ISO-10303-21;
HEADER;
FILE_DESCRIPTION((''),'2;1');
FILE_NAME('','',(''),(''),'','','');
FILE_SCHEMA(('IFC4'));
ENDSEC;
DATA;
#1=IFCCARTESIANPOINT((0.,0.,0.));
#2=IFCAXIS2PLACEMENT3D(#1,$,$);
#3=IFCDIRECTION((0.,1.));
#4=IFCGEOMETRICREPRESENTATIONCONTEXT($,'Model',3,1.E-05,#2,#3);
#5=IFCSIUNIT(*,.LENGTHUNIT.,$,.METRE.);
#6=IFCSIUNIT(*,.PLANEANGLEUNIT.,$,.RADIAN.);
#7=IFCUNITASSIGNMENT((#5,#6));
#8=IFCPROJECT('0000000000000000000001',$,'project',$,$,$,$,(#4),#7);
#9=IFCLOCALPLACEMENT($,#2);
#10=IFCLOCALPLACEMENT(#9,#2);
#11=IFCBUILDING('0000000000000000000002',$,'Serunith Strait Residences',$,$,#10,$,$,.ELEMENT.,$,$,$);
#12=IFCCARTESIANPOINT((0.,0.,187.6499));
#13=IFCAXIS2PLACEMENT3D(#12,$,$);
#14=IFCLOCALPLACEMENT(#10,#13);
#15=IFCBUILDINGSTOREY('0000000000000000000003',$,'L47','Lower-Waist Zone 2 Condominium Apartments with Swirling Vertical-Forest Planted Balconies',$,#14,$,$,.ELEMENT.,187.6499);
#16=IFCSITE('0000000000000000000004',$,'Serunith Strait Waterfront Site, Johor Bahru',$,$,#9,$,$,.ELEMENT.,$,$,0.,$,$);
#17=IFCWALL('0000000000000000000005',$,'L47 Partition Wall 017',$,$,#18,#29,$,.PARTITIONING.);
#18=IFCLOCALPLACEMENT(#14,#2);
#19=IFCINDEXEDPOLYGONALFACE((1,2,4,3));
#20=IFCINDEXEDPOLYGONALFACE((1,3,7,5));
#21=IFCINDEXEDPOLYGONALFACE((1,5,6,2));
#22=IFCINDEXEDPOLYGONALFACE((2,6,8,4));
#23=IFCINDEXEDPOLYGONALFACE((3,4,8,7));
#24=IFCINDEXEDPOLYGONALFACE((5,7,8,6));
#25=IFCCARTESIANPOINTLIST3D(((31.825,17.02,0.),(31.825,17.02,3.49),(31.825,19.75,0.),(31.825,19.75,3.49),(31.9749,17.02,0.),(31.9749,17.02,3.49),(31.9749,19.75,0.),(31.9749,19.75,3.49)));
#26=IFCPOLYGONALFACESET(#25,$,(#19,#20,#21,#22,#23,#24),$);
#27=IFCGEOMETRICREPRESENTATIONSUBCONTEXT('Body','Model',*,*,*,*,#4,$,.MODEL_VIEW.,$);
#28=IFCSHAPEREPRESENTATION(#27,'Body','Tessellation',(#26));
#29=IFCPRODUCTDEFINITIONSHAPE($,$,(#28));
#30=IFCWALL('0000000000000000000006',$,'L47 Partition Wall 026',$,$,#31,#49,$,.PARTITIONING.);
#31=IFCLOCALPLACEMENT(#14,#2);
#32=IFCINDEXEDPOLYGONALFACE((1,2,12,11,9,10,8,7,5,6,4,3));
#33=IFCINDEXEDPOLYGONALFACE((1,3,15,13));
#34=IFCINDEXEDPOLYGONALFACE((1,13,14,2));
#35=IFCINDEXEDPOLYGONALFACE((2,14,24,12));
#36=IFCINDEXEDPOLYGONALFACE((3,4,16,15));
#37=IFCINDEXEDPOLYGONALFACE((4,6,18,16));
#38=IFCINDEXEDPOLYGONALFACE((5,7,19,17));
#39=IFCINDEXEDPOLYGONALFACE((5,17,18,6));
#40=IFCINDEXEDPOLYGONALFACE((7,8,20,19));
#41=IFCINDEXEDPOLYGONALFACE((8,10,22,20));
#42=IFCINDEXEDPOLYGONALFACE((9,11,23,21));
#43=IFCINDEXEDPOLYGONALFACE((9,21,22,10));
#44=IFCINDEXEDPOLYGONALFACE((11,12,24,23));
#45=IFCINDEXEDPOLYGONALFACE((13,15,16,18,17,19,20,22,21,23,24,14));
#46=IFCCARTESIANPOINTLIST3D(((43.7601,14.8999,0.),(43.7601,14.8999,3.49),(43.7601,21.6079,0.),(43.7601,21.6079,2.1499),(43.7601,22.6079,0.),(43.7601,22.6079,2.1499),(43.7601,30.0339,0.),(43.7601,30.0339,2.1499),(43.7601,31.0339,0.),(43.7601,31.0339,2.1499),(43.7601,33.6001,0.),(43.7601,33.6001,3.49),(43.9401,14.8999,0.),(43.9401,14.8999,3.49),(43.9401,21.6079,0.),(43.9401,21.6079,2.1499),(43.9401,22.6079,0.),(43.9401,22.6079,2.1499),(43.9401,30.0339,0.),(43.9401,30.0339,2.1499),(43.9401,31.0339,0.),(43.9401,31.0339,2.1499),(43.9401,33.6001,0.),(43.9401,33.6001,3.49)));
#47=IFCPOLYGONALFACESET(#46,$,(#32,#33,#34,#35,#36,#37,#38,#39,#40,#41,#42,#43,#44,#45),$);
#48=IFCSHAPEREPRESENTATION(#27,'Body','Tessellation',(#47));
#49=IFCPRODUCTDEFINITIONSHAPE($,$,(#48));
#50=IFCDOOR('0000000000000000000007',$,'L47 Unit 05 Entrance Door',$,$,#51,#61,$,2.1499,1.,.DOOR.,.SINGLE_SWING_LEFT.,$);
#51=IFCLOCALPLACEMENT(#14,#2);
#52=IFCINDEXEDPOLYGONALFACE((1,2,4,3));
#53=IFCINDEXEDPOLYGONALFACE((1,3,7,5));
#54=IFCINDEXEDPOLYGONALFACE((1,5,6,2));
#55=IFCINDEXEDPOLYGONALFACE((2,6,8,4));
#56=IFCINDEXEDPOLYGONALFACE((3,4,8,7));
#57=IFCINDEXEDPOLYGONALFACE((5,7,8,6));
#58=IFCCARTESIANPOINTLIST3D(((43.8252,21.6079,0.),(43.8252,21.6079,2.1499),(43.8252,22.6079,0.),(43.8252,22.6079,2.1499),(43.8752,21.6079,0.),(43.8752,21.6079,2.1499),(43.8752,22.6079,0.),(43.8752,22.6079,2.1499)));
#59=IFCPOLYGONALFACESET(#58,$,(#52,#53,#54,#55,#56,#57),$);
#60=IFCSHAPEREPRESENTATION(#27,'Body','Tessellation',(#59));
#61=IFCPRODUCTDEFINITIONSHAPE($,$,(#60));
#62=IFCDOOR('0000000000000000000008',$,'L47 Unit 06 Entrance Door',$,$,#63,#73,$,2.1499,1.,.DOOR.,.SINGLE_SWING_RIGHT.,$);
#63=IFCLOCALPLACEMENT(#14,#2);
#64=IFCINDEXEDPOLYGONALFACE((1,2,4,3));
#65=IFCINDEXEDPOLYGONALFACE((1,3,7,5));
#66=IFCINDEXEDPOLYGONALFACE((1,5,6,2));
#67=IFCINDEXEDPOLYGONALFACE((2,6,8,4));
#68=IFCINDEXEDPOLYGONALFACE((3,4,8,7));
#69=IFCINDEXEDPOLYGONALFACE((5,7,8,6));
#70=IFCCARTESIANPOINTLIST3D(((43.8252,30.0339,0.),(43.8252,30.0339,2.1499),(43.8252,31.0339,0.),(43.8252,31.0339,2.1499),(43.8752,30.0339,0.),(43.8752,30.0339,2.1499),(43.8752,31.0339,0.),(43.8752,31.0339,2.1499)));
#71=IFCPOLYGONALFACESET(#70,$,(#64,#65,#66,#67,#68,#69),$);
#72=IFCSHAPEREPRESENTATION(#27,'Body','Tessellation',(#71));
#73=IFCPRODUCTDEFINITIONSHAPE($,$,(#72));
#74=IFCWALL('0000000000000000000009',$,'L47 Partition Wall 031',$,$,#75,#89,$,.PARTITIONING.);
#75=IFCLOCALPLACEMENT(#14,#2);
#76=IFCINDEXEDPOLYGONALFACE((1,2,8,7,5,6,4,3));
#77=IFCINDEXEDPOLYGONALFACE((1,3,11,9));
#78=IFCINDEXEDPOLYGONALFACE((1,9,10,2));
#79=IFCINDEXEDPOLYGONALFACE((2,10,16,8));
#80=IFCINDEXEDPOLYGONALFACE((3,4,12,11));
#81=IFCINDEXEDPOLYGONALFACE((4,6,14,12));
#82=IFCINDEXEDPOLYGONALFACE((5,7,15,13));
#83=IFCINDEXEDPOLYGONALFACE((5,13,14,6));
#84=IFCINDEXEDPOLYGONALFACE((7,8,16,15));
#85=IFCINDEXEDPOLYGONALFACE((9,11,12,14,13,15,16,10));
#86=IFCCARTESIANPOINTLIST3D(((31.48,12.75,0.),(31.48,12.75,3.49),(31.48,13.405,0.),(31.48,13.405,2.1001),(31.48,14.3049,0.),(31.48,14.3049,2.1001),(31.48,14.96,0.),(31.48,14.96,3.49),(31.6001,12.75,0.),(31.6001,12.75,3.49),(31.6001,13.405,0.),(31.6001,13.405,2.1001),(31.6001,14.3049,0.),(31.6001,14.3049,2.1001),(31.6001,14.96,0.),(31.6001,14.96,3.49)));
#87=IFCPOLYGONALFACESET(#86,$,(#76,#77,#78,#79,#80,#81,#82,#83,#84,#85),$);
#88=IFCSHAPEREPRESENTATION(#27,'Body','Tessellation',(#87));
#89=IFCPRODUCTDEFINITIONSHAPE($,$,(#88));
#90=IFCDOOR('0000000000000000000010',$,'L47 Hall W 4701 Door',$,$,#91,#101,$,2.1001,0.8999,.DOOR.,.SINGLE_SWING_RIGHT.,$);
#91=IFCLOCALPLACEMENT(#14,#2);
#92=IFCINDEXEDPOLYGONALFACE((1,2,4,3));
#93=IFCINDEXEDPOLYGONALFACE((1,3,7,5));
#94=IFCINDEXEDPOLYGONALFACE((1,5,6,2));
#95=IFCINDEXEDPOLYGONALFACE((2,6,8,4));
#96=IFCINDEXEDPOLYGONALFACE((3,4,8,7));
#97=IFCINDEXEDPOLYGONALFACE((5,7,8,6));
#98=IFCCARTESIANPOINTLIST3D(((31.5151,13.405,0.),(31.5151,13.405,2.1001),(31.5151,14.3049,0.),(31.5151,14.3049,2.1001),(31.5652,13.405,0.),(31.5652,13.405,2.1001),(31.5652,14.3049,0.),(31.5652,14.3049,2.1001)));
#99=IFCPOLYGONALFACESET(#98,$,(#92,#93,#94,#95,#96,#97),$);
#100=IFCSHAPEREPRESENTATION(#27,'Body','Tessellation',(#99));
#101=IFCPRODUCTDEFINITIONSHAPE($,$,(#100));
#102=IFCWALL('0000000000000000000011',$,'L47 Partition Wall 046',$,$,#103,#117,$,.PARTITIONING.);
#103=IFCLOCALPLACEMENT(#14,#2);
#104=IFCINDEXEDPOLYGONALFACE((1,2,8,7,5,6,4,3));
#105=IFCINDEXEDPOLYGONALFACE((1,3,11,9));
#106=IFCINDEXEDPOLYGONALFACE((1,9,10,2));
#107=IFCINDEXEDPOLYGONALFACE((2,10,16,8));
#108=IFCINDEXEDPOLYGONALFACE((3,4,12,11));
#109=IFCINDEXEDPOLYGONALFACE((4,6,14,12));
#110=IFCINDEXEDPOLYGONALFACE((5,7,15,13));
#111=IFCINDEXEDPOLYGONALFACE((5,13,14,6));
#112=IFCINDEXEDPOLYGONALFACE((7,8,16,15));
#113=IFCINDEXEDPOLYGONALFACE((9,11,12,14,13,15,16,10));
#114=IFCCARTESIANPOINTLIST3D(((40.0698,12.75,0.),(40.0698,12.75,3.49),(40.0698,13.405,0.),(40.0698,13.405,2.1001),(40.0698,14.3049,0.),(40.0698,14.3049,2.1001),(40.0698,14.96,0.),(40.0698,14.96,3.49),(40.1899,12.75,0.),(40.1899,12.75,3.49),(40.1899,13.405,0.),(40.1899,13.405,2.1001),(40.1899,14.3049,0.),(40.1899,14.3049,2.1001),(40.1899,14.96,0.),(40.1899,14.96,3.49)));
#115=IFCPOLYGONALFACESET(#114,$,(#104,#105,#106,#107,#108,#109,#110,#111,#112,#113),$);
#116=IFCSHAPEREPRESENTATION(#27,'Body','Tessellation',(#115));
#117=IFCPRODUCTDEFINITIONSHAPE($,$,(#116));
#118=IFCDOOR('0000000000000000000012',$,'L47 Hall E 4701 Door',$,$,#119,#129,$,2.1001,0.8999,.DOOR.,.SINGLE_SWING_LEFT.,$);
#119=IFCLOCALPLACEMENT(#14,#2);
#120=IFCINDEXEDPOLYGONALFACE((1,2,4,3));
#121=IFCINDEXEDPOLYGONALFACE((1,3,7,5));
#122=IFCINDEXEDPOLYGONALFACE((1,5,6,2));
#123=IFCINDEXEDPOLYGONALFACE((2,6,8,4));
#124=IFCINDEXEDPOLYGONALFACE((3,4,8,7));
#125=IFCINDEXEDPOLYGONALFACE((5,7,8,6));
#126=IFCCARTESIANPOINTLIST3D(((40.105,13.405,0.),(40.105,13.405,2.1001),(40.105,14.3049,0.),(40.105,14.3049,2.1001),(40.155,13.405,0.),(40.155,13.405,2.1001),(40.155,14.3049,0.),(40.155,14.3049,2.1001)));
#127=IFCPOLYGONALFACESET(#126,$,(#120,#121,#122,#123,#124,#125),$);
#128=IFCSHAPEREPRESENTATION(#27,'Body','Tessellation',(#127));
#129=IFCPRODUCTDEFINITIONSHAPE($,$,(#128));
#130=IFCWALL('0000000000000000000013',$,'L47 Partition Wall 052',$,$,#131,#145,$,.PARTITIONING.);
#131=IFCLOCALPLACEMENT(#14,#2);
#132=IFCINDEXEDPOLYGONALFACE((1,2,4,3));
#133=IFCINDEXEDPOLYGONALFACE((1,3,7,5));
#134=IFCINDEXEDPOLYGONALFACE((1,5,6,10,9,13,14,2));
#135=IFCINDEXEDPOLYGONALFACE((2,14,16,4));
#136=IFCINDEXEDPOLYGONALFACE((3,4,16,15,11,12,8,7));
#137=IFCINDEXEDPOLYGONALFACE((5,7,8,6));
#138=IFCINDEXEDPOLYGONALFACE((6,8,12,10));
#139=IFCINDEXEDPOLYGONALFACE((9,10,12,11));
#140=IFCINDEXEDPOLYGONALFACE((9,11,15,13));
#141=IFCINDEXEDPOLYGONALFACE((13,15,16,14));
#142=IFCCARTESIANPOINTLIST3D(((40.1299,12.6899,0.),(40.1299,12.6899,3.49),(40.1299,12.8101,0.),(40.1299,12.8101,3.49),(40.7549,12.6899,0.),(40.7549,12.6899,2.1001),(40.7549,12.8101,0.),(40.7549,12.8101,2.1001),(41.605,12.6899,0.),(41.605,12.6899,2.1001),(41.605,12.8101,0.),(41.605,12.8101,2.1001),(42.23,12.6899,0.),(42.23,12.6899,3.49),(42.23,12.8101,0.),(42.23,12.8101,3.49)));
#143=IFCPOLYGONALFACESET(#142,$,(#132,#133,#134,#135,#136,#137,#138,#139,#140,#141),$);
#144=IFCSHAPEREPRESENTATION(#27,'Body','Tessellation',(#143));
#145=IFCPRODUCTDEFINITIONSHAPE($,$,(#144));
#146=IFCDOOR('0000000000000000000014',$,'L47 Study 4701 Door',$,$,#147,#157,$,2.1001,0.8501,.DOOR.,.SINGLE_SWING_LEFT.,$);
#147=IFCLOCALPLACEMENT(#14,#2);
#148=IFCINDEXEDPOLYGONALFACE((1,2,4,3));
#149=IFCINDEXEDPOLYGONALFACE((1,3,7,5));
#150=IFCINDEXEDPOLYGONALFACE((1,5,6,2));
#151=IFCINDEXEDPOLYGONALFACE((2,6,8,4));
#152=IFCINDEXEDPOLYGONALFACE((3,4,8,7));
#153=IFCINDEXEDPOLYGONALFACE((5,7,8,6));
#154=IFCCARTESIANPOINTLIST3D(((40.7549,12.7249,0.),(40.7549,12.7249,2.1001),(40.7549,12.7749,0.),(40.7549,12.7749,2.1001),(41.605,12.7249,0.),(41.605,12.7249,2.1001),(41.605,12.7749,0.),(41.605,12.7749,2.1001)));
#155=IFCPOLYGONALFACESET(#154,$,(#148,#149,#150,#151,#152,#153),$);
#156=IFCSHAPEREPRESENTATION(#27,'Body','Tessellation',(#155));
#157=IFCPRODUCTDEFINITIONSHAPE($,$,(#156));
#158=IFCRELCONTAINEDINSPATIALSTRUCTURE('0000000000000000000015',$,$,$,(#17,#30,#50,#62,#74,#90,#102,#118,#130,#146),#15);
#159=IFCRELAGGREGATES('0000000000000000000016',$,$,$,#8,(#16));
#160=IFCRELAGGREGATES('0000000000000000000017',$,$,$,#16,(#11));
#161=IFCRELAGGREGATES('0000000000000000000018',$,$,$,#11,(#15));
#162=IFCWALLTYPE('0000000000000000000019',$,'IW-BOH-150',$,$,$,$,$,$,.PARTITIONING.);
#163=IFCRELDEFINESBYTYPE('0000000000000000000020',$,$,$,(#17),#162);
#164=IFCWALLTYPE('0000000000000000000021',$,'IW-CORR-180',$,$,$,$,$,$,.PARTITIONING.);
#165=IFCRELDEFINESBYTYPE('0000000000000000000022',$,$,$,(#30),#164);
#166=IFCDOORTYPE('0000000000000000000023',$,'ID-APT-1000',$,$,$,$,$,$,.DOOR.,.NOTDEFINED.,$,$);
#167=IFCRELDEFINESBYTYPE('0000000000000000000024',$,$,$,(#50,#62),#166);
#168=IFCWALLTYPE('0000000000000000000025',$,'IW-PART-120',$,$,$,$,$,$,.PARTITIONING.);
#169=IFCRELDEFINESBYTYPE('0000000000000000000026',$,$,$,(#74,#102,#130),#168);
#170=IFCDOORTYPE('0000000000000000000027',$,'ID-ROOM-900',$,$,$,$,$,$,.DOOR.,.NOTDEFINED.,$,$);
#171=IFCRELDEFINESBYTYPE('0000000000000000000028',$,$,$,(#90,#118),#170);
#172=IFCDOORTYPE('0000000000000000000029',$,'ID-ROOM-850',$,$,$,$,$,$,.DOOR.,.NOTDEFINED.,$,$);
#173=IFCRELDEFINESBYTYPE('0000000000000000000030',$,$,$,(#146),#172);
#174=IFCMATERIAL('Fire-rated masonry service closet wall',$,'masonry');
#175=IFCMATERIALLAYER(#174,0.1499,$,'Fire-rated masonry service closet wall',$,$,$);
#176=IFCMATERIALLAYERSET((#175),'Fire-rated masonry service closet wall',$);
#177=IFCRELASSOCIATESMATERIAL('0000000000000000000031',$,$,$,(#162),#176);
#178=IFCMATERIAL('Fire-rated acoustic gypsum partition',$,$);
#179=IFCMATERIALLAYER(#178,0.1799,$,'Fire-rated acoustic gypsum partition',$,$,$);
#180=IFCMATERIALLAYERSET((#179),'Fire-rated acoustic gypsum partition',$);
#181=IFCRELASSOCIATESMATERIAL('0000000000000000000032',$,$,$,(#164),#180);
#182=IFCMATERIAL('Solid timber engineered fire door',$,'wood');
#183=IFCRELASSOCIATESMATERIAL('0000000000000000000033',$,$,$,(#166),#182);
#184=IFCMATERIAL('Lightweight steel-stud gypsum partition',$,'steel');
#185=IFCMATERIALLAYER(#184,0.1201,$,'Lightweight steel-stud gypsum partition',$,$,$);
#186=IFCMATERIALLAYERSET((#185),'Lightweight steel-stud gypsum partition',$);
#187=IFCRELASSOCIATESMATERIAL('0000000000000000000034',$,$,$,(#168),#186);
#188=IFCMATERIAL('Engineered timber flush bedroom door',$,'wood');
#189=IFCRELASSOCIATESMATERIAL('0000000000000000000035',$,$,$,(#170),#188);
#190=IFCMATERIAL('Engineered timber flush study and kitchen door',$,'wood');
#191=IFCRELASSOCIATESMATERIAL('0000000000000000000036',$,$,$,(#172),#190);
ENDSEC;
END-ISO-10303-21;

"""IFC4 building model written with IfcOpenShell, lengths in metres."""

from ifc_helpers import new_model, si_unit, direction, frame, frame_2d, origin, place, context, subcontext, project, spatial, rectangle, extrude, source, transform, mapped, material, layer, layer_set, type_object, element, fill, save


model = new_model("IFC4")

# Units and contexts
model_context = context("Model", 3, precision=1e-05, world=origin(), true_north=direction((0.0, 1.0)))
body_context = subcontext(model_context, "Body", "Model", "MODEL_VIEW")
ifc_project = project(units=[si_unit("LENGTHUNIT", "METRE"), si_unit("PLANEANGLEUNIT", "RADIAN")], contexts=[model_context])

# Site, building, storey
site_placement = place(None, origin())
site = spatial("IfcSite", under=ifc_project, at=site_placement, Name="Serunith Strait Waterfront Site, Johor Bahru", CompositionType="ELEMENT", RefElevation=0.0)
building_placement = place(site_placement, origin())
building = spatial("IfcBuilding", under=site, at=building_placement, Name="Serunith Strait Residences", CompositionType="ELEMENT")
storey_placement = place(building_placement, frame((0.0, 0.0, 187.6499)))
storey = spatial("IfcBuildingStorey", under=building, at=storey_placement, Name="L47", Description="Lower-Waist Zone 2 Condominium Apartments with Swirling Vertical-Forest Planted Balconies", CompositionType="ELEMENT", Elevation=187.6499)

# Wall
ifc_material_1 = material(Name="Fire-rated masonry service closet wall", Category="masonry")
ifc_layer_1 = layer(ifc_material_1, 0.1499, Name="Fire-rated masonry service closet wall")
ifc_layer_set_1 = layer_set([ifc_layer_1], Name="Fire-rated masonry service closet wall")
wall_type_1 = type_object("IfcWallType", Name="IW-BOH-150", PredefinedType="PARTITIONING", material=ifc_layer_set_1)
wall_1_placement = place(storey_placement, frame((31.8999, 17.02, 0.0), z_axis=(0.0, 0.0, 1.0), x_axis=(0.0, 1.0, 0.0)))
element("IfcWall", 1, at=wall_1_placement, inside=storey, type_object=wall_type_1, Name="L47 Partition Wall 017", PredefinedType="PARTITIONING", context=body_context, shape_type="SweptSolid", body=[
    extrude(rectangle(XDim=2.73, YDim=0.1499, at=frame_2d((1.365, 0.0))), origin(), (0.0, 0.0, 1.0), 3.49),
])

# Wall, openings, doors
ifc_material_2 = material(Name="Fire-rated acoustic gypsum partition")
ifc_layer_2 = layer(ifc_material_2, 0.1799, Name="Fire-rated acoustic gypsum partition")
ifc_layer_set_2 = layer_set([ifc_layer_2], Name="Fire-rated acoustic gypsum partition")
wall_type_2 = type_object("IfcWallType", Name="IW-CORR-180", PredefinedType="PARTITIONING", material=ifc_layer_set_2)
wall_2_placement = place(storey_placement, frame((43.8501, 14.8999, 0.0), z_axis=(0.0, 0.0, 1.0), x_axis=(0.0, 1.0, 0.0)))
wall_2 = element("IfcWall", 2, at=wall_2_placement, inside=storey, type_object=wall_type_2, Name="L47 Partition Wall 026", PredefinedType="PARTITIONING", context=body_context, shape_type="SweptSolid", body=[
    extrude(rectangle(XDim=18.7002, YDim=0.1799, at=frame_2d((9.3501, 0.0))), origin(), (0.0, 0.0, 1.0), 3.49),
])
opening_1_placement = place(wall_2_placement, frame((6.708, 0.0, 0.0)))
opening_1 = element("IfcOpeningElement", 3, at=opening_1_placement, cuts=wall_2, PredefinedType="OPENING", context=body_context, shape_type="SweptSolid", body=[
    extrude(rectangle(XDim=1.0, YDim=2.1499, at=frame_2d((0.5, 1.075))), frame((0.0, 0.1001, 0.0), z_axis=(0.0, -1.0, 0.0), x_axis=(1.0, 0.0, 0.0)), (0.0, 0.0, 1.0), 0.2),
])
opening_2_placement = place(wall_2_placement, frame((15.134, 0.0, 0.0)))
opening_2 = element("IfcOpeningElement", 4, at=opening_2_placement, cuts=wall_2, PredefinedType="OPENING", context=body_context, shape_type="SweptSolid", body=[
    extrude(rectangle(XDim=1.0, YDim=2.1499, at=frame_2d((0.5, 1.075))), frame((0.0, 0.1001, 0.0), z_axis=(0.0, -1.0, 0.0), x_axis=(1.0, 0.0, 0.0)), (0.0, 0.0, 1.0), 0.2),
])
ifc_material_3 = material(Name="Solid timber engineered fire door", Category="wood")
door_type_1 = type_object("IfcDoorType", Name="ID-APT-1000", OperationType="NOTDEFINED", PredefinedType="DOOR", material=ifc_material_3)
shared_shape_1 = source(origin(), body_context, "Body", "SweptSolid", [
    extrude(rectangle(XDim=1.0, YDim=2.1499, at=frame_2d((0.5, 1.075))), frame((0.0, 0.0249, 0.0), z_axis=(0.0, -1.0, 0.0), x_axis=(1.0, 0.0, 0.0)), (0.0, 0.0, 1.0), 0.05),
])
door_1_placement = place(opening_1_placement, origin())
door_1 = element("IfcDoor", 5, at=door_1_placement, inside=storey, type_object=door_type_1, Name="L47 Unit 05 Entrance Door", OperationType="SINGLE_SWING_LEFT", OverallHeight=2.1499, OverallWidth=1.0, PredefinedType="DOOR", context=body_context, shape_type="MappedRepresentation", body=[
    mapped(shared_shape_1, transform((0.0, 0.0, 0.0), scale=1.0)),
])
fill(opening_1, door_1)
door_2_placement = place(opening_2_placement, origin())
door_2 = element("IfcDoor", 6, at=door_2_placement, inside=storey, type_object=door_type_1, Name="L47 Unit 06 Entrance Door", OperationType="SINGLE_SWING_RIGHT", OverallHeight=2.1499, OverallWidth=1.0, PredefinedType="DOOR", context=body_context, shape_type="MappedRepresentation", body=[
    mapped(shared_shape_1, transform((0.0, 0.0, 0.0), scale=1.0)),
])
fill(opening_2, door_2)

# Walls, openings, doors
ifc_material_4 = material(Name="Lightweight steel-stud gypsum partition", Category="steel")
ifc_layer_3 = layer(ifc_material_4, 0.1201, Name="Lightweight steel-stud gypsum partition")
ifc_layer_set_3 = layer_set([ifc_layer_3], Name="Lightweight steel-stud gypsum partition")
wall_type_3 = type_object("IfcWallType", Name="IW-PART-120", PredefinedType="PARTITIONING", material=ifc_layer_set_3)
wall_3_placement = place(storey_placement, frame((31.54, 12.75, 0.0), z_axis=(0.0, 0.0, 1.0), x_axis=(0.0, 1.0, 0.0)))
wall_3 = element("IfcWall", 7, at=wall_3_placement, inside=storey, type_object=wall_type_3, Name="L47 Partition Wall 031", PredefinedType="PARTITIONING", context=body_context, shape_type="SweptSolid", body=[
    extrude(rectangle(XDim=2.21, YDim=0.1201, at=frame_2d((1.105, 0.0))), origin(), (0.0, 0.0, 1.0), 3.49),
])
opening_3_placement = place(wall_3_placement, frame((0.655, 0.0, 0.0)))
opening_3 = element("IfcOpeningElement", 8, at=opening_3_placement, cuts=wall_3, PredefinedType="OPENING", context=body_context, shape_type="SweptSolid", body=[
    extrude(rectangle(XDim=0.8999, YDim=2.1001, at=frame_2d((0.45, 1.05))), frame((0.0, 0.0701, 0.0), z_axis=(0.0, -1.0, 0.0), x_axis=(1.0, 0.0, 0.0)), (0.0, 0.0, 1.0), 0.1401),
])
ifc_material_5 = material(Name="Engineered timber flush bedroom door", Category="wood")
door_type_2 = type_object("IfcDoorType", Name="ID-ROOM-900", OperationType="NOTDEFINED", PredefinedType="DOOR", material=ifc_material_5)
shared_shape_2 = source(origin(), body_context, "Body", "SweptSolid", [
    extrude(rectangle(XDim=0.8999, YDim=2.1001, at=frame_2d((0.45, 1.05))), frame((0.0, 0.0249, 0.0), z_axis=(0.0, -1.0, 0.0), x_axis=(1.0, 0.0, 0.0)), (0.0, 0.0, 1.0), 0.05),
])
door_3_placement = place(opening_3_placement, origin())
door_3 = element("IfcDoor", 9, at=door_3_placement, inside=storey, type_object=door_type_2, Name="L47 Hall W 4701 Door", OperationType="SINGLE_SWING_RIGHT", OverallHeight=2.1001, OverallWidth=0.8999, PredefinedType="DOOR", context=body_context, shape_type="MappedRepresentation", body=[
    mapped(shared_shape_2, transform((0.0, 0.0, 0.0), scale=1.0)),
])
fill(opening_3, door_3)
wall_4_placement = place(storey_placement, frame((40.1299, 12.75, 0.0), z_axis=(0.0, 0.0, 1.0), x_axis=(0.0, 1.0, 0.0)))
wall_4 = element("IfcWall", 10, at=wall_4_placement, inside=storey, type_object=wall_type_3, Name="L47 Partition Wall 046", PredefinedType="PARTITIONING", context=body_context, shape_type="SweptSolid", body=[
    extrude(rectangle(XDim=2.21, YDim=0.1201, at=frame_2d((1.105, 0.0))), origin(), (0.0, 0.0, 1.0), 3.49),
])
opening_4_placement = place(wall_4_placement, frame((0.655, 0.0, 0.0)))
opening_4 = element("IfcOpeningElement", 11, at=opening_4_placement, cuts=wall_4, PredefinedType="OPENING", context=body_context, shape_type="SweptSolid", body=[
    extrude(rectangle(XDim=0.8999, YDim=2.1001, at=frame_2d((0.45, 1.05))), frame((0.0, 0.0701, 0.0), z_axis=(0.0, -1.0, 0.0), x_axis=(1.0, 0.0, 0.0)), (0.0, 0.0, 1.0), 0.1401),
])
door_4_placement = place(opening_4_placement, origin())
door_4 = element("IfcDoor", 12, at=door_4_placement, inside=storey, type_object=door_type_2, Name="L47 Hall E 4701 Door", OperationType="SINGLE_SWING_LEFT", OverallHeight=2.1001, OverallWidth=0.8999, PredefinedType="DOOR", context=body_context, shape_type="MappedRepresentation", body=[
    mapped(shared_shape_2, transform((0.0, 0.0, 0.0), scale=1.0)),
])
fill(opening_4, door_4)
wall_5_placement = place(storey_placement, frame((40.1299, 12.75, 0.0), z_axis=(0.0, 0.0, 1.0), x_axis=(1.0, 0.0, 0.0)))
wall_5 = element("IfcWall", 13, at=wall_5_placement, inside=storey, type_object=wall_type_3, Name="L47 Partition Wall 052", PredefinedType="PARTITIONING", context=body_context, shape_type="SweptSolid", body=[
    extrude(rectangle(XDim=2.1001, YDim=0.1201, at=frame_2d((1.05, 0.0))), origin(), (0.0, 0.0, 1.0), 3.49),
])
opening_5_placement = place(wall_5_placement, frame((0.625, 0.0, 0.0)))
opening_5 = element("IfcOpeningElement", 14, at=opening_5_placement, cuts=wall_5, PredefinedType="OPENING", context=body_context, shape_type="SweptSolid", body=[
    extrude(rectangle(XDim=0.8501, YDim=2.1001, at=frame_2d((0.425, 1.05))), frame((0.0, 0.0701, 0.0), z_axis=(0.0, -1.0, 0.0), x_axis=(1.0, 0.0, 0.0)), (0.0, 0.0, 1.0), 0.1401),
])
ifc_material_6 = material(Name="Engineered timber flush study and kitchen door", Category="wood")
door_type_3 = type_object("IfcDoorType", Name="ID-ROOM-850", OperationType="NOTDEFINED", PredefinedType="DOOR", material=ifc_material_6)
shared_shape_3 = source(origin(), body_context, "Body", "SweptSolid", [
    extrude(rectangle(XDim=0.8501, YDim=2.1001, at=frame_2d((0.425, 1.05))), frame((0.0, 0.0249, 0.0), z_axis=(0.0, -1.0, 0.0), x_axis=(1.0, 0.0, 0.0)), (0.0, 0.0, 1.0), 0.05),
])
door_5_placement = place(opening_5_placement, origin())
door_5 = element("IfcDoor", 15, at=door_5_placement, inside=storey, type_object=door_type_3, Name="L47 Study 4701 Door", OperationType="SINGLE_SWING_LEFT", OverallHeight=2.1001, OverallWidth=0.8501, PredefinedType="DOOR", context=body_context, shape_type="MappedRepresentation", body=[
    mapped(shared_shape_3, transform((0.0, 0.0, 0.0), scale=1.0)),
])
fill(opening_5, door_5)

save(model, "model.ifc")
